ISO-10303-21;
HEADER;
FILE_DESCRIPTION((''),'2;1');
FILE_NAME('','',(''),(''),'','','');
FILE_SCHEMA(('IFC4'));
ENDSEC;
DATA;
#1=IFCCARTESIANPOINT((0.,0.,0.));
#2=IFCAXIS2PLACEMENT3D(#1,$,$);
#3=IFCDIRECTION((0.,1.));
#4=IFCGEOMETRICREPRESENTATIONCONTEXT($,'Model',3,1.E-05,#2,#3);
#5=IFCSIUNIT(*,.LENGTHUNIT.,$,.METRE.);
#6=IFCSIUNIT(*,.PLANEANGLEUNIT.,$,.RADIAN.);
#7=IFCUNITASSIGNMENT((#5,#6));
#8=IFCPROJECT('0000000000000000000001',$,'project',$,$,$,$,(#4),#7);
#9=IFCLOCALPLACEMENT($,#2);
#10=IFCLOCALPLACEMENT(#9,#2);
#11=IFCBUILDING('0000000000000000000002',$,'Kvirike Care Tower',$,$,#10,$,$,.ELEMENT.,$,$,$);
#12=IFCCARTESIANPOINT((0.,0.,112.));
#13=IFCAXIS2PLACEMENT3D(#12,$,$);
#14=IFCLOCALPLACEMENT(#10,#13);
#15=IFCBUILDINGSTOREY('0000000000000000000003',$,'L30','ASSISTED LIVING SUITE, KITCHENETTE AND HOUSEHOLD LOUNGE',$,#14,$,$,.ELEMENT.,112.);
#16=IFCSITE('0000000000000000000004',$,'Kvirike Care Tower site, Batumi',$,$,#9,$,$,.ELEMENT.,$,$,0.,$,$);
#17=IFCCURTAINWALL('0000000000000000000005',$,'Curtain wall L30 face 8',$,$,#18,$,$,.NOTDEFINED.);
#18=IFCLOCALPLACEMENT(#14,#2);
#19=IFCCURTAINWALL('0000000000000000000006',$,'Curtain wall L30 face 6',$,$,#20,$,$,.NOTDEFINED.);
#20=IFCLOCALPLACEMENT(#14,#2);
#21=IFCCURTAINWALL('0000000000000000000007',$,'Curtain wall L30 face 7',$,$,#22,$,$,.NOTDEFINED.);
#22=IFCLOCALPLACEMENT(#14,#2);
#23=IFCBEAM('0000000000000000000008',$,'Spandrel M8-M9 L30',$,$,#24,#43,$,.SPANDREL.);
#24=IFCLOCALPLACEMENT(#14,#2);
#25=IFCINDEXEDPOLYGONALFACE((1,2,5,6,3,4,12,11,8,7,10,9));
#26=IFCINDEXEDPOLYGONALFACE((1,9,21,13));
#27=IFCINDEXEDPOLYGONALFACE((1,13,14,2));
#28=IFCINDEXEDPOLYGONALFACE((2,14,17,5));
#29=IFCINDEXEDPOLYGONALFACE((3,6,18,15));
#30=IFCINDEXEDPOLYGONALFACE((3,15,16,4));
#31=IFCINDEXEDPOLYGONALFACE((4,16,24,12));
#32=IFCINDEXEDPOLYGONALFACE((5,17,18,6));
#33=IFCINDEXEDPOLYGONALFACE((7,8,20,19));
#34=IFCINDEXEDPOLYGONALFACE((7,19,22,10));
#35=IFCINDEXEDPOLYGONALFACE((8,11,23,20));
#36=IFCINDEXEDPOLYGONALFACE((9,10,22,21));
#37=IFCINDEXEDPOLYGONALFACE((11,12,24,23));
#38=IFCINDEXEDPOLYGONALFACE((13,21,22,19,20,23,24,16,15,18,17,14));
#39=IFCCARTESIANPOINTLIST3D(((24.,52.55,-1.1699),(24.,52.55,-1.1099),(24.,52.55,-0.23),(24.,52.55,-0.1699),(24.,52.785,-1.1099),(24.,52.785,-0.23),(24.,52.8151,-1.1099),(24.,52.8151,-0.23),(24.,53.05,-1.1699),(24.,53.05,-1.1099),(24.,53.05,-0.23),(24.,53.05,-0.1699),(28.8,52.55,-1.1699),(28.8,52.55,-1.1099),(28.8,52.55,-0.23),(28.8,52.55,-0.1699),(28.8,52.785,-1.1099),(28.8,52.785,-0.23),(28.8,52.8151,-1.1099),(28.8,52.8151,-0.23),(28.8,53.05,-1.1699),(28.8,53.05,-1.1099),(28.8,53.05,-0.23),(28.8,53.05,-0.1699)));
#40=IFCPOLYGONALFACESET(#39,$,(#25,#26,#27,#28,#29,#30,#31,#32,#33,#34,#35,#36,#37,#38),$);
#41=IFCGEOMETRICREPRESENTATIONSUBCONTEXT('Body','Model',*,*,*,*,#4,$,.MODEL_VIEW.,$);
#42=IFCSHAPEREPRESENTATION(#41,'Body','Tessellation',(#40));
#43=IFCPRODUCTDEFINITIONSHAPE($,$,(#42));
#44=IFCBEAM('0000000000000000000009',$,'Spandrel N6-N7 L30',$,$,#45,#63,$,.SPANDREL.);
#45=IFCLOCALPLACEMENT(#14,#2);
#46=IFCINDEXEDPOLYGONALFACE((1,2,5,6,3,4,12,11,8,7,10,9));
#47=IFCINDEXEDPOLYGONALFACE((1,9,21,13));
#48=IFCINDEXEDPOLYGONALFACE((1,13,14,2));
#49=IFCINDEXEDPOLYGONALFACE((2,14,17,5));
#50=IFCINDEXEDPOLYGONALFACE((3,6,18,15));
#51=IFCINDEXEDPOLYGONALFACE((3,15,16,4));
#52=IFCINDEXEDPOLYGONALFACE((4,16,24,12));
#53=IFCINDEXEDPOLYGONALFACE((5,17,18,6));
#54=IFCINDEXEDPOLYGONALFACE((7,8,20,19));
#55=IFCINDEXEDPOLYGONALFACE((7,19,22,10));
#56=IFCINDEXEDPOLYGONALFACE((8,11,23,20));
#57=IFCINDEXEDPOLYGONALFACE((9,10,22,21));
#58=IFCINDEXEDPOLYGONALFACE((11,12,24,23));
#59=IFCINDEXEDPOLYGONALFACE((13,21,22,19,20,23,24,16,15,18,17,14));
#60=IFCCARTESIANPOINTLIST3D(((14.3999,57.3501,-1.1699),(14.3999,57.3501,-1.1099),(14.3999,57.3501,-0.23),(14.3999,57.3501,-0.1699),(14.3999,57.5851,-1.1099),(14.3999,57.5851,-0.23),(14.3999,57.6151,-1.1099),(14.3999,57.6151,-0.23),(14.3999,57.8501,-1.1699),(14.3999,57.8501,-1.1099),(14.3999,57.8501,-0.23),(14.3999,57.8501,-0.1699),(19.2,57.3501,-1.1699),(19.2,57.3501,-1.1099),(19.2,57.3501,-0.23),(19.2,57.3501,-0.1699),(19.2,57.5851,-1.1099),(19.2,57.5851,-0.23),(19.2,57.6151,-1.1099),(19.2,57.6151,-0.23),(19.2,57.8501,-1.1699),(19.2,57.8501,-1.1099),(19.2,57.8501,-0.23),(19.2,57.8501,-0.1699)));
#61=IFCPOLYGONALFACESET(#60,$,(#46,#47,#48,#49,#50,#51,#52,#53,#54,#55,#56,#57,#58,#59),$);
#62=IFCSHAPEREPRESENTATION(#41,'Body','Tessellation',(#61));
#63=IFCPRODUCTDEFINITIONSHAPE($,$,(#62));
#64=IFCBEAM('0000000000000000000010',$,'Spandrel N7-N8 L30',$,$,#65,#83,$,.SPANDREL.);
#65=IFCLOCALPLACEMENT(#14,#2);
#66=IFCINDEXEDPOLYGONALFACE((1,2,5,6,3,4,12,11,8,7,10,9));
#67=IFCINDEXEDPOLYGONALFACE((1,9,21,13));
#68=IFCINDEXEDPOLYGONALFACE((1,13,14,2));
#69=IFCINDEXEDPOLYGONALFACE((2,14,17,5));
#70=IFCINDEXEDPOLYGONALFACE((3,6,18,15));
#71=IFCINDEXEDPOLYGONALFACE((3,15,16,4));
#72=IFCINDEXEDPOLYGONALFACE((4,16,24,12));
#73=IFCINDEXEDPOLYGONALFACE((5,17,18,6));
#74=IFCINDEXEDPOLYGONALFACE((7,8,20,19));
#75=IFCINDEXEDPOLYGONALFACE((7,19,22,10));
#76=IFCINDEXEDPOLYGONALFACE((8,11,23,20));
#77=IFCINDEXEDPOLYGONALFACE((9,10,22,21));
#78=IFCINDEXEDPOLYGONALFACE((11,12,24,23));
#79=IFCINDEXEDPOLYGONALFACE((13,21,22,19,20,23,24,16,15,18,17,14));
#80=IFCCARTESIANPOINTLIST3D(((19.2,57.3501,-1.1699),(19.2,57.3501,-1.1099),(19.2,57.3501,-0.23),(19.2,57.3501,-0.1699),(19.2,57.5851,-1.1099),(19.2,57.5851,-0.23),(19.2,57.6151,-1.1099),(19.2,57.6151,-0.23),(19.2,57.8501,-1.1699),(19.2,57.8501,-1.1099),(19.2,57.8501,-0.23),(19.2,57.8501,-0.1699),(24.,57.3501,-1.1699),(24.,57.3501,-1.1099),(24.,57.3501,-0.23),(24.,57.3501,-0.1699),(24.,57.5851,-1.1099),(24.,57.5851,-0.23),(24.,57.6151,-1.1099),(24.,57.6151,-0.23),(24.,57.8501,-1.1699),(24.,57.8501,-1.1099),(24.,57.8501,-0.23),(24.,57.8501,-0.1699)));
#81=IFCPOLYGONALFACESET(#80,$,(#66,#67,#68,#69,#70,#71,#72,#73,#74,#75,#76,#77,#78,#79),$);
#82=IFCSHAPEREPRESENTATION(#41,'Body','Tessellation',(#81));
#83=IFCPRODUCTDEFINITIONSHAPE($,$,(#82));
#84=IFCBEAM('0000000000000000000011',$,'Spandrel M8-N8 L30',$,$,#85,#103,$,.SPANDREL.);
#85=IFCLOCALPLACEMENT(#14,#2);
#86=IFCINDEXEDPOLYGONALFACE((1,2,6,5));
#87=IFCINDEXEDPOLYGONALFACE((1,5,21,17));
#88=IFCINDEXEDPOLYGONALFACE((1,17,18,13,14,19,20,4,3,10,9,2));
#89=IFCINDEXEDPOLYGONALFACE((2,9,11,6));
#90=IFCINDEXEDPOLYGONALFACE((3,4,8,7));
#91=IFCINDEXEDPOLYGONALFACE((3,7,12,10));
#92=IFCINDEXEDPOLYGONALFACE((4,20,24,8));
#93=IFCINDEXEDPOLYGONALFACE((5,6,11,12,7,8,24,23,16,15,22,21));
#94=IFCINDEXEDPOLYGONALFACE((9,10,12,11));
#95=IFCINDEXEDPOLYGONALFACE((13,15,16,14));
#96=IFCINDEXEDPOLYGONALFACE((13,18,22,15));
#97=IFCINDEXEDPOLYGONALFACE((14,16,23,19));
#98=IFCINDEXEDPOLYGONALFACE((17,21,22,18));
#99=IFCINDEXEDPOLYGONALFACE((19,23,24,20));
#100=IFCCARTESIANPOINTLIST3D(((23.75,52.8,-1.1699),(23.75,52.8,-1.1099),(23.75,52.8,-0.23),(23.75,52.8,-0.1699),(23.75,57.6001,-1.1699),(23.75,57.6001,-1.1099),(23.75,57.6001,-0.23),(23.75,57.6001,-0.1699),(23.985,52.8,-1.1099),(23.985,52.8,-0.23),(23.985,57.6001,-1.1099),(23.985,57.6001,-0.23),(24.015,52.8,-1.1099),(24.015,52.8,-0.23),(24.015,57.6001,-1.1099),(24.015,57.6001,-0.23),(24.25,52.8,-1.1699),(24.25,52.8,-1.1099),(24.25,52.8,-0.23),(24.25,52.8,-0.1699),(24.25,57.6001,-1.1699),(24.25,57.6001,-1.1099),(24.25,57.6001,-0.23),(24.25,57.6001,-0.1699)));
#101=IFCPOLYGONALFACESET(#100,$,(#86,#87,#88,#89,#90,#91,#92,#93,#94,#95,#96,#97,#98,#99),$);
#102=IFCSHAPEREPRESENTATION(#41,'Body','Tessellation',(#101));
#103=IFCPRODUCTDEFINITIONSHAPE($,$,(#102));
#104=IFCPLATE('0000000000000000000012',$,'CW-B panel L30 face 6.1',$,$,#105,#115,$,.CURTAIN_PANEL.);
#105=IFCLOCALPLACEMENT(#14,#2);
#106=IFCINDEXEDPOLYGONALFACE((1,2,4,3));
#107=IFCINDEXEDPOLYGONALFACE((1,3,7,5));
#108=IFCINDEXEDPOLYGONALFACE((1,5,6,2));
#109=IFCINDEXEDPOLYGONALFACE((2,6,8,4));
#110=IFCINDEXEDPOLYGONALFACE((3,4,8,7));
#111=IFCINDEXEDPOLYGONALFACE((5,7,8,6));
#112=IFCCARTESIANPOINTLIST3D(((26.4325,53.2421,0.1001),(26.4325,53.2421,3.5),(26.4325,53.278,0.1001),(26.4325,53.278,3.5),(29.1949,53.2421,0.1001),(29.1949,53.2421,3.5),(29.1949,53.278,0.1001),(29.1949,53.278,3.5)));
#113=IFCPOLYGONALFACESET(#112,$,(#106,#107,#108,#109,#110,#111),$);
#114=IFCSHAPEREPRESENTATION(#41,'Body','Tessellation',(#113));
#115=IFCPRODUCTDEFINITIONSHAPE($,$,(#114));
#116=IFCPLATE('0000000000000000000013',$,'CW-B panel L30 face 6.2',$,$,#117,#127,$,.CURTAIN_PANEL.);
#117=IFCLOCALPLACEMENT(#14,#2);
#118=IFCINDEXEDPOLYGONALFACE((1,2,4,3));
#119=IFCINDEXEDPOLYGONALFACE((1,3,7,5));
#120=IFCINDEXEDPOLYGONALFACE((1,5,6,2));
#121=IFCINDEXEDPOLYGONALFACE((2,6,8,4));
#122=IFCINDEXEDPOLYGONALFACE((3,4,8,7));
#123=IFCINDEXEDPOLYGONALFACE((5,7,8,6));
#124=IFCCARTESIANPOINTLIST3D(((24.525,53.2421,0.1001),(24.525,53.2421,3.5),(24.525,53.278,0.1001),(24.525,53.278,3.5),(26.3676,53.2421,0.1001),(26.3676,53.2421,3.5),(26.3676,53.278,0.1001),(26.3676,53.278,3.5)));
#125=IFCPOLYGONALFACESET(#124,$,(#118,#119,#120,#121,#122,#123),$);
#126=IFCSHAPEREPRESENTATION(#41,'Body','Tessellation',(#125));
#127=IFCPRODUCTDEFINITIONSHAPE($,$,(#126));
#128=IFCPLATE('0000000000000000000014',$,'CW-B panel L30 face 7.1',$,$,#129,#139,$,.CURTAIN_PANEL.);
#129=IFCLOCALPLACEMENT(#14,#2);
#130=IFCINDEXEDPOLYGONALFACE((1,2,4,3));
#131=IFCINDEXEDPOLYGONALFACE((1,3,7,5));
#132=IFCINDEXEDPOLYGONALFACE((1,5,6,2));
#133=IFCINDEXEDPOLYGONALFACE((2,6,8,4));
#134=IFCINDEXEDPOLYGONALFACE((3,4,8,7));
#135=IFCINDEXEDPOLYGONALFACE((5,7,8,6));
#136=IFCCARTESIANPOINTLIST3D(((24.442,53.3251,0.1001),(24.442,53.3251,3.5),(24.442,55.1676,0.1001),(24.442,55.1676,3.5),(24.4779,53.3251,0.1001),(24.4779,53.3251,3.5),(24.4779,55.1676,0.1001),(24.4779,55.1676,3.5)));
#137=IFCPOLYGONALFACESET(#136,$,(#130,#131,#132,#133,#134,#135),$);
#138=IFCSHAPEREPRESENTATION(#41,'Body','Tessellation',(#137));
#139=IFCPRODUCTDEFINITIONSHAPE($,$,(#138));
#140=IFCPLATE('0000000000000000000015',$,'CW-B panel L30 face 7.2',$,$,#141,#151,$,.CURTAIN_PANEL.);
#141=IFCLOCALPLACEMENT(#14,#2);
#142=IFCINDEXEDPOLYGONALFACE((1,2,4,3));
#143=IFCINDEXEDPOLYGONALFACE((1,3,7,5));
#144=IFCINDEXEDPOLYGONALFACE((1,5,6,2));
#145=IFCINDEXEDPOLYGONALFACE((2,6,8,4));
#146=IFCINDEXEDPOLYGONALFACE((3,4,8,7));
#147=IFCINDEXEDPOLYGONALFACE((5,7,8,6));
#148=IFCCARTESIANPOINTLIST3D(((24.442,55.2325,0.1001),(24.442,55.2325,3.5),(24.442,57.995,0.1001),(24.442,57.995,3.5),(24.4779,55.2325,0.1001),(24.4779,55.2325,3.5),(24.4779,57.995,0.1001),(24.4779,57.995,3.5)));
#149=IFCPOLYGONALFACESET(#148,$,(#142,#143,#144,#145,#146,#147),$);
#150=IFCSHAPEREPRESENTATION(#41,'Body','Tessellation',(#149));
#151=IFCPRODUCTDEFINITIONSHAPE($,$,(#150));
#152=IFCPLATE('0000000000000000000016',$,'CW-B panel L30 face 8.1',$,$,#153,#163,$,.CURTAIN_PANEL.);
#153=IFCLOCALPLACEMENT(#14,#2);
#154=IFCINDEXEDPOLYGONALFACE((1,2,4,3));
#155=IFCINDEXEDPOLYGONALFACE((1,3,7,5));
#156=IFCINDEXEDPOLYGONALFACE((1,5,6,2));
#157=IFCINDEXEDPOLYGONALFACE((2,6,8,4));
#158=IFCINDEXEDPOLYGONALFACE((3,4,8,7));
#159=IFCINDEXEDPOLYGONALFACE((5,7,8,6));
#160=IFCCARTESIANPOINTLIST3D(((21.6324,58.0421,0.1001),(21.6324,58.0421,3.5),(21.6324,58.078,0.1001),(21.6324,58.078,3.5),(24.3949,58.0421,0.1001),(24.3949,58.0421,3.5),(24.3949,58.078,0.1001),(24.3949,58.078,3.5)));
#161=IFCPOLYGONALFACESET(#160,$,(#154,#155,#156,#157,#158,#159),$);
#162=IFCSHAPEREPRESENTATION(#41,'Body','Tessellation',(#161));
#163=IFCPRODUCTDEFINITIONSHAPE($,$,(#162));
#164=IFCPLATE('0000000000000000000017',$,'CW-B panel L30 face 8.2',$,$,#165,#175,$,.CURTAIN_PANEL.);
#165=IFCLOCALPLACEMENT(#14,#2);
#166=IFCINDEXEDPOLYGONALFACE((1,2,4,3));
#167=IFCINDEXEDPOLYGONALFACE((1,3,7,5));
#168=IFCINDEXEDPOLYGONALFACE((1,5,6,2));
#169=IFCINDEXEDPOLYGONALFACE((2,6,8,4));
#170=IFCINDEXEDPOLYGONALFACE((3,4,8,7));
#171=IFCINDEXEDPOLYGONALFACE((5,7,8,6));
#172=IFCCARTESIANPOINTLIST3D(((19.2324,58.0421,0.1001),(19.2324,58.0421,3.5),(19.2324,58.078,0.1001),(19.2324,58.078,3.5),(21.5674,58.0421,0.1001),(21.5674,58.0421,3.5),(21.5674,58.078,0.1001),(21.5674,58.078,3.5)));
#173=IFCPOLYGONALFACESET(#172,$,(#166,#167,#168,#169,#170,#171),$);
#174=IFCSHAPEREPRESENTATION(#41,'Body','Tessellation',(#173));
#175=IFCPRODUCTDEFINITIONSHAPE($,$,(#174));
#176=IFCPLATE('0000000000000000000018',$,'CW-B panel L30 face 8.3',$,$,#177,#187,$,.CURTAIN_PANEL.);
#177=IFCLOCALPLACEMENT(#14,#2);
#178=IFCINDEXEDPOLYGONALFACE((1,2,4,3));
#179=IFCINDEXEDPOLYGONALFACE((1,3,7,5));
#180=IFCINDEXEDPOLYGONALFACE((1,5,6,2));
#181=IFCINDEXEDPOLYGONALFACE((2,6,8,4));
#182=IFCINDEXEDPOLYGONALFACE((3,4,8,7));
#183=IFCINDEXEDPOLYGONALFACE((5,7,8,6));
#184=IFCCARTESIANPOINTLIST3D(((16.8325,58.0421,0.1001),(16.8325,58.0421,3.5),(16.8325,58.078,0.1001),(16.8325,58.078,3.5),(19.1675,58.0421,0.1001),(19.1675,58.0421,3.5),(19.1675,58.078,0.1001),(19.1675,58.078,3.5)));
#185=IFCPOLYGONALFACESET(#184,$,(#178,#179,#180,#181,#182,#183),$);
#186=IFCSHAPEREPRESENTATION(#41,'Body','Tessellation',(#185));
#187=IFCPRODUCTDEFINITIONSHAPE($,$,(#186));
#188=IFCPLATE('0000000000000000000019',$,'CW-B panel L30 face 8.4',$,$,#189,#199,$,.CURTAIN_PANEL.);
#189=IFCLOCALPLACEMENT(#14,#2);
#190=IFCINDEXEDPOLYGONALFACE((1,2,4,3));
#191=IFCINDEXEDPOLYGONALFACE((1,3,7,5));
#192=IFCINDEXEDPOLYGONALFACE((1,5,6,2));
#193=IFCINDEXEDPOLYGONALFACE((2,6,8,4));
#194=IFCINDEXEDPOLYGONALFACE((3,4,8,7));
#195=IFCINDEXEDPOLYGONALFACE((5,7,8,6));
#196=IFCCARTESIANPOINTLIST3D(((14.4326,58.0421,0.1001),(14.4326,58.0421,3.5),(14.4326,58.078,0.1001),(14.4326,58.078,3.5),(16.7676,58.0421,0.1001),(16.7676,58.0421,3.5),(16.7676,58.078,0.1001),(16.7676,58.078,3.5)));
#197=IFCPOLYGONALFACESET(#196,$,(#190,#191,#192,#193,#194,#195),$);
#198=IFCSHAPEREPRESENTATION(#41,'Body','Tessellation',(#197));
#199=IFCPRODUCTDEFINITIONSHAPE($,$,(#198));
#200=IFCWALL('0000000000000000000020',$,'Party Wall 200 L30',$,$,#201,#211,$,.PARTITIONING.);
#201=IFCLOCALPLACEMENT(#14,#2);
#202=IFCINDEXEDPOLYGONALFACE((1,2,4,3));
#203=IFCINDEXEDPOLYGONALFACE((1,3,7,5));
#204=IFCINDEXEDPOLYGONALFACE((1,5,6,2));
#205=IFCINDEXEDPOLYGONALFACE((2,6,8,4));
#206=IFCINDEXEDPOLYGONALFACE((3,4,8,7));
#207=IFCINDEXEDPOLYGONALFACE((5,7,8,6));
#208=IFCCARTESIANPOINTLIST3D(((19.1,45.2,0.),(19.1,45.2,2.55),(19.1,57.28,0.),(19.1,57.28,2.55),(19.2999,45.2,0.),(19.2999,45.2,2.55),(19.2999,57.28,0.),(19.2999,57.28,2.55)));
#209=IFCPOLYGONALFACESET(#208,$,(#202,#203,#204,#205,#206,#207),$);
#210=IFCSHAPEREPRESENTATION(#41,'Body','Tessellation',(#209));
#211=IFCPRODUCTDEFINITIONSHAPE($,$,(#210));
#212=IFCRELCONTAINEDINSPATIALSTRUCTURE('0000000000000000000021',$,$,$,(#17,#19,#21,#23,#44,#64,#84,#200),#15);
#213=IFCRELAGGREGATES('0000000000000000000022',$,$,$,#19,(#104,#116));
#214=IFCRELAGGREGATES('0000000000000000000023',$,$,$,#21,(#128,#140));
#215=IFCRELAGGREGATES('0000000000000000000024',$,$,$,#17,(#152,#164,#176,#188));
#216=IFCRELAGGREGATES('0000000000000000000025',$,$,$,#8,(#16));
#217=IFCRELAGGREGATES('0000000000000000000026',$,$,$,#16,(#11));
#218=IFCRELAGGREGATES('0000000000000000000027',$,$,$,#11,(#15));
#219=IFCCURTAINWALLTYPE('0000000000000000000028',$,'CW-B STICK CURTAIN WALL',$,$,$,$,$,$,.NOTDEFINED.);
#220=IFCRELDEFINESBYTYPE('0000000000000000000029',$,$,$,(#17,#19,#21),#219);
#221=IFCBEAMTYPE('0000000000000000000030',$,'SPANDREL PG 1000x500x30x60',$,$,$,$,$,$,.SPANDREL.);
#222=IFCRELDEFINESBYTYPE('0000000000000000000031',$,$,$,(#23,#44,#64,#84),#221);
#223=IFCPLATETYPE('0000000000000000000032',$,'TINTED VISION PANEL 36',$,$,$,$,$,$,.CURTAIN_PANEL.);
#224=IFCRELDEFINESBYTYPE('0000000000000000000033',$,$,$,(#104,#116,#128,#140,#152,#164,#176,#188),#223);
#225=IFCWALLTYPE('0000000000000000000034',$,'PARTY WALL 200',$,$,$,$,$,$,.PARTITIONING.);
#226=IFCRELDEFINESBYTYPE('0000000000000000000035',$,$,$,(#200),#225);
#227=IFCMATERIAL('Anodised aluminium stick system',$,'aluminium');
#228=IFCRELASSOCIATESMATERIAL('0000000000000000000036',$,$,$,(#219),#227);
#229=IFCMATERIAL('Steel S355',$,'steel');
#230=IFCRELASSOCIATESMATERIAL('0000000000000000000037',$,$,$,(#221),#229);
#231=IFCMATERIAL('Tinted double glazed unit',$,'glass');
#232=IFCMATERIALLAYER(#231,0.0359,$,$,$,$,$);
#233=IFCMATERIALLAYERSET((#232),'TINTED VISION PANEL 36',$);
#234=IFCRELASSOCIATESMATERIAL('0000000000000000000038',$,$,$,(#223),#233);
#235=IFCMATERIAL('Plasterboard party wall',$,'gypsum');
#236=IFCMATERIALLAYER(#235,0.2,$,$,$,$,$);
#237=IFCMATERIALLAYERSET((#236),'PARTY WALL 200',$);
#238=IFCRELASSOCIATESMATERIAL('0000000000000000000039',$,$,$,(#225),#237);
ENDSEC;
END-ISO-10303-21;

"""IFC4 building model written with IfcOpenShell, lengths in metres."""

from ifc_helpers import new_model, si_unit, direction, frame, frame_2d, origin, origin_2d, place, context, subcontext, project, spatial, rectangle, i_section, extrude, material, layer, layer_set, material_profile, profile_set, type_object, element, aggregate, save


model = new_model("IFC4")

# Units and contexts
model_context = context("Model", 3, precision=1e-05, world=origin(), true_north=direction((0.0, 1.0)))
body_context = subcontext(model_context, "Body", "Model", "MODEL_VIEW")
ifc_project = project(units=[si_unit("LENGTHUNIT", "METRE"), si_unit("PLANEANGLEUNIT", "RADIAN")], contexts=[model_context])

# Site, building, storey
site_placement = place(None, origin())
site = spatial("IfcSite", under=ifc_project, at=site_placement, Name="Kvirike Care Tower site, Batumi", CompositionType="ELEMENT", RefElevation=0.0)
building_placement = place(site_placement, origin())
building = spatial("IfcBuilding", under=site, at=building_placement, Name="Kvirike Care Tower", CompositionType="ELEMENT")
storey_placement = place(building_placement, frame((0.0, 0.0, 112.0)))
storey = spatial("IfcBuildingStorey", under=building, at=storey_placement, Name="L30", Description="ASSISTED LIVING SUITE, KITCHENETTE AND HOUSEHOLD LOUNGE", CompositionType="ELEMENT", Elevation=112.0)

# Curtain walls
ifc_material_1 = material(Name="Anodised aluminium stick system", Category="aluminium")
curtain_wall_type = type_object("IfcCurtainWallType", Name="CW-B STICK CURTAIN WALL", PredefinedType="NOTDEFINED", material=ifc_material_1)
curtain_wall_1_placement = place(storey_placement, origin())
curtain_wall_1 = element("IfcCurtainWall", 1, at=curtain_wall_1_placement, inside=storey, type_object=curtain_wall_type, Name="Curtain wall L30 face 8", PredefinedType="NOTDEFINED")
curtain_wall_2_placement = place(storey_placement, origin())
curtain_wall_2 = element("IfcCurtainWall", 2, at=curtain_wall_2_placement, inside=storey, type_object=curtain_wall_type, Name="Curtain wall L30 face 6", PredefinedType="NOTDEFINED")
curtain_wall_3_placement = place(storey_placement, origin())
curtain_wall_3 = element("IfcCurtainWall", 3, at=curtain_wall_3_placement, inside=storey, type_object=curtain_wall_type, Name="Curtain wall L30 face 7", PredefinedType="NOTDEFINED")

# Beams
ifc_material_2 = material(Name="Steel S355", Category="steel")
ifc_material_profile_1 = material_profile(ifc_material_2, i_section(OverallWidth=0.5, OverallDepth=1.0, WebThickness=0.03, FlangeThickness=0.0601, at=origin_2d()), Name="PG 1000x500x30x60")
ifc_profile_set_1 = profile_set([ifc_material_profile_1], Name="Steel S355")
beam_type = type_object("IfcBeamType", Name="SPANDREL PG 1000x500x30x60", PredefinedType="SPANDREL", material=ifc_profile_set_1)
for number, where, z_axis, x_axis, name in (
    (4, (24.0, 52.8, -0.6699), (1.0, 0.0, 0.0), (0.0, 1.0, 0.0), "Spandrel M8-M9 L30"),
    (5, (14.3999, 57.6001, -0.6699), (1.0, 0.0, 0.0), (0.0, 1.0, 0.0), "Spandrel N6-N7 L30"),
    (6, (19.2, 57.6001, -0.6699), (1.0, 0.0, 0.0), (0.0, 1.0, 0.0), "Spandrel N7-N8 L30"),
    (7, (24.0, 52.8, -0.6699), (0.0, 1.0, 0.0), (-1.0, 0.0, 0.0), "Spandrel M8-N8 L30"),
):
    element("IfcBeam", number, at=place(storey_placement, frame(where, z_axis=z_axis, x_axis=x_axis)), inside=storey, type_object=beam_type, Name=name, PredefinedType="SPANDREL", context=body_context, shape_type="SweptSolid", body=[
        extrude(i_section(OverallWidth=0.5, OverallDepth=1.0, WebThickness=0.03, FlangeThickness=0.0601, at=origin_2d()), origin(), (0.0, 0.0, 1.0), 4.8),
    ])

# Plates
ifc_material_3 = material(Name="Tinted double glazed unit", Category="glass")
ifc_layer_1 = layer(ifc_material_3, 0.0359)
ifc_layer_set_1 = layer_set([ifc_layer_1], Name="TINTED VISION PANEL 36")
plate_type = type_object("IfcPlateType", Name="TINTED VISION PANEL 36", PredefinedType="CURTAIN_PANEL", material=ifc_layer_set_1)
plate_1_placement = place(storey_placement, frame((27.8137, 53.26, 0.1001), z_axis=(0.0, 0.0, 1.0), x_axis=(-1.0, 0.0, 0.0)))
plate_1 = element("IfcPlate", 8, at=plate_1_placement, type_object=plate_type, Name="CW-B panel L30 face 6.1", PredefinedType="CURTAIN_PANEL", context=body_context, shape_type="SweptSolid", body=[
    extrude(rectangle(XDim=2.7625, YDim=0.0359, at=origin_2d()), origin(), (0.0, 0.0, 1.0), 3.3999),
])
plate_2_placement = place(storey_placement, frame((25.4463, 53.26, 0.1001), z_axis=(0.0, 0.0, 1.0), x_axis=(-1.0, 0.0, 0.0)))
plate_2 = element("IfcPlate", 9, at=plate_2_placement, type_object=plate_type, Name="CW-B panel L30 face 6.2", PredefinedType="CURTAIN_PANEL", context=body_context, shape_type="SweptSolid", body=[
    extrude(rectangle(XDim=1.8425, YDim=0.0359, at=origin_2d()), origin(), (0.0, 0.0, 1.0), 3.3999),
])
aggregate(curtain_wall_2, [plate_1, plate_2])
plate_3_placement = place(storey_placement, frame((24.46, 54.2463, 0.1001), z_axis=(0.0, 0.0, 1.0), x_axis=(0.0, 1.0, 0.0)))
plate_3 = element("IfcPlate", 10, at=plate_3_placement, type_object=plate_type, Name="CW-B panel L30 face 7.1", PredefinedType="CURTAIN_PANEL", context=body_context, shape_type="SweptSolid", body=[
    extrude(rectangle(XDim=1.8425, YDim=0.0359, at=origin_2d()), origin(), (0.0, 0.0, 1.0), 3.3999),
])
plate_4_placement = place(storey_placement, frame((24.46, 56.6138, 0.1001), z_axis=(0.0, 0.0, 1.0), x_axis=(0.0, 1.0, 0.0)))
plate_4 = element("IfcPlate", 11, at=plate_4_placement, type_object=plate_type, Name="CW-B panel L30 face 7.2", PredefinedType="CURTAIN_PANEL", context=body_context, shape_type="SweptSolid", body=[
    extrude(rectangle(XDim=2.7625, YDim=0.0359, at=origin_2d()), origin(), (0.0, 0.0, 1.0), 3.3999),
])
aggregate(curtain_wall_3, [plate_3, plate_4])
plate_5_placement = place(storey_placement, frame((23.0137, 58.0601, 0.1001), z_axis=(0.0, 0.0, 1.0), x_axis=(-1.0, 0.0, 0.0)))
plate_5 = element("IfcPlate", 12, at=plate_5_placement, type_object=plate_type, Name="CW-B panel L30 face 8.1", PredefinedType="CURTAIN_PANEL", context=body_context, shape_type="SweptSolid", body=[
    extrude(rectangle(XDim=2.7625, YDim=0.0359, at=origin_2d()), origin(), (0.0, 0.0, 1.0), 3.3999),
])
plate_6_placement = place(storey_placement, frame((20.3999, 58.0601, 0.1001), z_axis=(0.0, 0.0, 1.0), x_axis=(-1.0, 0.0, 0.0)))
plate_6 = element("IfcPlate", 13, at=plate_6_placement, type_object=plate_type, Name="CW-B panel L30 face 8.2", PredefinedType="CURTAIN_PANEL", context=body_context, shape_type="SweptSolid", body=[
    extrude(rectangle(XDim=2.335, YDim=0.0359, at=origin_2d()), origin(), (0.0, 0.0, 1.0), 3.3999),
])
plate_7_placement = place(storey_placement, frame((18.0, 58.0601, 0.1001), z_axis=(0.0, 0.0, 1.0), x_axis=(-1.0, 0.0, 0.0)))
plate_7 = element("IfcPlate", 14, at=plate_7_placement, type_object=plate_type, Name="CW-B panel L30 face 8.3", PredefinedType="CURTAIN_PANEL", context=body_context, shape_type="SweptSolid", body=[
    extrude(rectangle(XDim=2.335, YDim=0.0359, at=origin_2d()), origin(), (0.0, 0.0, 1.0), 3.3999),
])
plate_8_placement = place(storey_placement, frame((15.6001, 58.0601, 0.1001), z_axis=(0.0, 0.0, 1.0), x_axis=(-1.0, 0.0, 0.0)))
plate_8 = element("IfcPlate", 15, at=plate_8_placement, type_object=plate_type, Name="CW-B panel L30 face 8.4", PredefinedType="CURTAIN_PANEL", context=body_context, shape_type="SweptSolid", body=[
    extrude(rectangle(XDim=2.335, YDim=0.0359, at=origin_2d()), origin(), (0.0, 0.0, 1.0), 3.3999),
])
aggregate(curtain_wall_1, [plate_5, plate_6, plate_7, plate_8])

# Wall
ifc_material_4 = material(Name="Plasterboard party wall", Category="gypsum")
ifc_layer_2 = layer(ifc_material_4, 0.2)
ifc_layer_set_2 = layer_set([ifc_layer_2], Name="PARTY WALL 200")
wall_type = type_object("IfcWallType", Name="PARTY WALL 200", PredefinedType="PARTITIONING", material=ifc_layer_set_2)
wall_placement = place(storey_placement, frame((19.2, 57.28, 0.0), z_axis=(0.0, 0.0, 1.0), x_axis=(0.0, -1.0, 0.0)))
element("IfcWall", 16, at=wall_placement, inside=storey, type_object=wall_type, Name="Party Wall 200 L30", PredefinedType="PARTITIONING", context=body_context, shape_type="SweptSolid", body=[
    extrude(rectangle(XDim=12.0801, YDim=0.2, at=frame_2d((6.04, 0.0))), origin(), (0.0, 0.0, 1.0), 2.55),
])

save(model, "model.ifc")
